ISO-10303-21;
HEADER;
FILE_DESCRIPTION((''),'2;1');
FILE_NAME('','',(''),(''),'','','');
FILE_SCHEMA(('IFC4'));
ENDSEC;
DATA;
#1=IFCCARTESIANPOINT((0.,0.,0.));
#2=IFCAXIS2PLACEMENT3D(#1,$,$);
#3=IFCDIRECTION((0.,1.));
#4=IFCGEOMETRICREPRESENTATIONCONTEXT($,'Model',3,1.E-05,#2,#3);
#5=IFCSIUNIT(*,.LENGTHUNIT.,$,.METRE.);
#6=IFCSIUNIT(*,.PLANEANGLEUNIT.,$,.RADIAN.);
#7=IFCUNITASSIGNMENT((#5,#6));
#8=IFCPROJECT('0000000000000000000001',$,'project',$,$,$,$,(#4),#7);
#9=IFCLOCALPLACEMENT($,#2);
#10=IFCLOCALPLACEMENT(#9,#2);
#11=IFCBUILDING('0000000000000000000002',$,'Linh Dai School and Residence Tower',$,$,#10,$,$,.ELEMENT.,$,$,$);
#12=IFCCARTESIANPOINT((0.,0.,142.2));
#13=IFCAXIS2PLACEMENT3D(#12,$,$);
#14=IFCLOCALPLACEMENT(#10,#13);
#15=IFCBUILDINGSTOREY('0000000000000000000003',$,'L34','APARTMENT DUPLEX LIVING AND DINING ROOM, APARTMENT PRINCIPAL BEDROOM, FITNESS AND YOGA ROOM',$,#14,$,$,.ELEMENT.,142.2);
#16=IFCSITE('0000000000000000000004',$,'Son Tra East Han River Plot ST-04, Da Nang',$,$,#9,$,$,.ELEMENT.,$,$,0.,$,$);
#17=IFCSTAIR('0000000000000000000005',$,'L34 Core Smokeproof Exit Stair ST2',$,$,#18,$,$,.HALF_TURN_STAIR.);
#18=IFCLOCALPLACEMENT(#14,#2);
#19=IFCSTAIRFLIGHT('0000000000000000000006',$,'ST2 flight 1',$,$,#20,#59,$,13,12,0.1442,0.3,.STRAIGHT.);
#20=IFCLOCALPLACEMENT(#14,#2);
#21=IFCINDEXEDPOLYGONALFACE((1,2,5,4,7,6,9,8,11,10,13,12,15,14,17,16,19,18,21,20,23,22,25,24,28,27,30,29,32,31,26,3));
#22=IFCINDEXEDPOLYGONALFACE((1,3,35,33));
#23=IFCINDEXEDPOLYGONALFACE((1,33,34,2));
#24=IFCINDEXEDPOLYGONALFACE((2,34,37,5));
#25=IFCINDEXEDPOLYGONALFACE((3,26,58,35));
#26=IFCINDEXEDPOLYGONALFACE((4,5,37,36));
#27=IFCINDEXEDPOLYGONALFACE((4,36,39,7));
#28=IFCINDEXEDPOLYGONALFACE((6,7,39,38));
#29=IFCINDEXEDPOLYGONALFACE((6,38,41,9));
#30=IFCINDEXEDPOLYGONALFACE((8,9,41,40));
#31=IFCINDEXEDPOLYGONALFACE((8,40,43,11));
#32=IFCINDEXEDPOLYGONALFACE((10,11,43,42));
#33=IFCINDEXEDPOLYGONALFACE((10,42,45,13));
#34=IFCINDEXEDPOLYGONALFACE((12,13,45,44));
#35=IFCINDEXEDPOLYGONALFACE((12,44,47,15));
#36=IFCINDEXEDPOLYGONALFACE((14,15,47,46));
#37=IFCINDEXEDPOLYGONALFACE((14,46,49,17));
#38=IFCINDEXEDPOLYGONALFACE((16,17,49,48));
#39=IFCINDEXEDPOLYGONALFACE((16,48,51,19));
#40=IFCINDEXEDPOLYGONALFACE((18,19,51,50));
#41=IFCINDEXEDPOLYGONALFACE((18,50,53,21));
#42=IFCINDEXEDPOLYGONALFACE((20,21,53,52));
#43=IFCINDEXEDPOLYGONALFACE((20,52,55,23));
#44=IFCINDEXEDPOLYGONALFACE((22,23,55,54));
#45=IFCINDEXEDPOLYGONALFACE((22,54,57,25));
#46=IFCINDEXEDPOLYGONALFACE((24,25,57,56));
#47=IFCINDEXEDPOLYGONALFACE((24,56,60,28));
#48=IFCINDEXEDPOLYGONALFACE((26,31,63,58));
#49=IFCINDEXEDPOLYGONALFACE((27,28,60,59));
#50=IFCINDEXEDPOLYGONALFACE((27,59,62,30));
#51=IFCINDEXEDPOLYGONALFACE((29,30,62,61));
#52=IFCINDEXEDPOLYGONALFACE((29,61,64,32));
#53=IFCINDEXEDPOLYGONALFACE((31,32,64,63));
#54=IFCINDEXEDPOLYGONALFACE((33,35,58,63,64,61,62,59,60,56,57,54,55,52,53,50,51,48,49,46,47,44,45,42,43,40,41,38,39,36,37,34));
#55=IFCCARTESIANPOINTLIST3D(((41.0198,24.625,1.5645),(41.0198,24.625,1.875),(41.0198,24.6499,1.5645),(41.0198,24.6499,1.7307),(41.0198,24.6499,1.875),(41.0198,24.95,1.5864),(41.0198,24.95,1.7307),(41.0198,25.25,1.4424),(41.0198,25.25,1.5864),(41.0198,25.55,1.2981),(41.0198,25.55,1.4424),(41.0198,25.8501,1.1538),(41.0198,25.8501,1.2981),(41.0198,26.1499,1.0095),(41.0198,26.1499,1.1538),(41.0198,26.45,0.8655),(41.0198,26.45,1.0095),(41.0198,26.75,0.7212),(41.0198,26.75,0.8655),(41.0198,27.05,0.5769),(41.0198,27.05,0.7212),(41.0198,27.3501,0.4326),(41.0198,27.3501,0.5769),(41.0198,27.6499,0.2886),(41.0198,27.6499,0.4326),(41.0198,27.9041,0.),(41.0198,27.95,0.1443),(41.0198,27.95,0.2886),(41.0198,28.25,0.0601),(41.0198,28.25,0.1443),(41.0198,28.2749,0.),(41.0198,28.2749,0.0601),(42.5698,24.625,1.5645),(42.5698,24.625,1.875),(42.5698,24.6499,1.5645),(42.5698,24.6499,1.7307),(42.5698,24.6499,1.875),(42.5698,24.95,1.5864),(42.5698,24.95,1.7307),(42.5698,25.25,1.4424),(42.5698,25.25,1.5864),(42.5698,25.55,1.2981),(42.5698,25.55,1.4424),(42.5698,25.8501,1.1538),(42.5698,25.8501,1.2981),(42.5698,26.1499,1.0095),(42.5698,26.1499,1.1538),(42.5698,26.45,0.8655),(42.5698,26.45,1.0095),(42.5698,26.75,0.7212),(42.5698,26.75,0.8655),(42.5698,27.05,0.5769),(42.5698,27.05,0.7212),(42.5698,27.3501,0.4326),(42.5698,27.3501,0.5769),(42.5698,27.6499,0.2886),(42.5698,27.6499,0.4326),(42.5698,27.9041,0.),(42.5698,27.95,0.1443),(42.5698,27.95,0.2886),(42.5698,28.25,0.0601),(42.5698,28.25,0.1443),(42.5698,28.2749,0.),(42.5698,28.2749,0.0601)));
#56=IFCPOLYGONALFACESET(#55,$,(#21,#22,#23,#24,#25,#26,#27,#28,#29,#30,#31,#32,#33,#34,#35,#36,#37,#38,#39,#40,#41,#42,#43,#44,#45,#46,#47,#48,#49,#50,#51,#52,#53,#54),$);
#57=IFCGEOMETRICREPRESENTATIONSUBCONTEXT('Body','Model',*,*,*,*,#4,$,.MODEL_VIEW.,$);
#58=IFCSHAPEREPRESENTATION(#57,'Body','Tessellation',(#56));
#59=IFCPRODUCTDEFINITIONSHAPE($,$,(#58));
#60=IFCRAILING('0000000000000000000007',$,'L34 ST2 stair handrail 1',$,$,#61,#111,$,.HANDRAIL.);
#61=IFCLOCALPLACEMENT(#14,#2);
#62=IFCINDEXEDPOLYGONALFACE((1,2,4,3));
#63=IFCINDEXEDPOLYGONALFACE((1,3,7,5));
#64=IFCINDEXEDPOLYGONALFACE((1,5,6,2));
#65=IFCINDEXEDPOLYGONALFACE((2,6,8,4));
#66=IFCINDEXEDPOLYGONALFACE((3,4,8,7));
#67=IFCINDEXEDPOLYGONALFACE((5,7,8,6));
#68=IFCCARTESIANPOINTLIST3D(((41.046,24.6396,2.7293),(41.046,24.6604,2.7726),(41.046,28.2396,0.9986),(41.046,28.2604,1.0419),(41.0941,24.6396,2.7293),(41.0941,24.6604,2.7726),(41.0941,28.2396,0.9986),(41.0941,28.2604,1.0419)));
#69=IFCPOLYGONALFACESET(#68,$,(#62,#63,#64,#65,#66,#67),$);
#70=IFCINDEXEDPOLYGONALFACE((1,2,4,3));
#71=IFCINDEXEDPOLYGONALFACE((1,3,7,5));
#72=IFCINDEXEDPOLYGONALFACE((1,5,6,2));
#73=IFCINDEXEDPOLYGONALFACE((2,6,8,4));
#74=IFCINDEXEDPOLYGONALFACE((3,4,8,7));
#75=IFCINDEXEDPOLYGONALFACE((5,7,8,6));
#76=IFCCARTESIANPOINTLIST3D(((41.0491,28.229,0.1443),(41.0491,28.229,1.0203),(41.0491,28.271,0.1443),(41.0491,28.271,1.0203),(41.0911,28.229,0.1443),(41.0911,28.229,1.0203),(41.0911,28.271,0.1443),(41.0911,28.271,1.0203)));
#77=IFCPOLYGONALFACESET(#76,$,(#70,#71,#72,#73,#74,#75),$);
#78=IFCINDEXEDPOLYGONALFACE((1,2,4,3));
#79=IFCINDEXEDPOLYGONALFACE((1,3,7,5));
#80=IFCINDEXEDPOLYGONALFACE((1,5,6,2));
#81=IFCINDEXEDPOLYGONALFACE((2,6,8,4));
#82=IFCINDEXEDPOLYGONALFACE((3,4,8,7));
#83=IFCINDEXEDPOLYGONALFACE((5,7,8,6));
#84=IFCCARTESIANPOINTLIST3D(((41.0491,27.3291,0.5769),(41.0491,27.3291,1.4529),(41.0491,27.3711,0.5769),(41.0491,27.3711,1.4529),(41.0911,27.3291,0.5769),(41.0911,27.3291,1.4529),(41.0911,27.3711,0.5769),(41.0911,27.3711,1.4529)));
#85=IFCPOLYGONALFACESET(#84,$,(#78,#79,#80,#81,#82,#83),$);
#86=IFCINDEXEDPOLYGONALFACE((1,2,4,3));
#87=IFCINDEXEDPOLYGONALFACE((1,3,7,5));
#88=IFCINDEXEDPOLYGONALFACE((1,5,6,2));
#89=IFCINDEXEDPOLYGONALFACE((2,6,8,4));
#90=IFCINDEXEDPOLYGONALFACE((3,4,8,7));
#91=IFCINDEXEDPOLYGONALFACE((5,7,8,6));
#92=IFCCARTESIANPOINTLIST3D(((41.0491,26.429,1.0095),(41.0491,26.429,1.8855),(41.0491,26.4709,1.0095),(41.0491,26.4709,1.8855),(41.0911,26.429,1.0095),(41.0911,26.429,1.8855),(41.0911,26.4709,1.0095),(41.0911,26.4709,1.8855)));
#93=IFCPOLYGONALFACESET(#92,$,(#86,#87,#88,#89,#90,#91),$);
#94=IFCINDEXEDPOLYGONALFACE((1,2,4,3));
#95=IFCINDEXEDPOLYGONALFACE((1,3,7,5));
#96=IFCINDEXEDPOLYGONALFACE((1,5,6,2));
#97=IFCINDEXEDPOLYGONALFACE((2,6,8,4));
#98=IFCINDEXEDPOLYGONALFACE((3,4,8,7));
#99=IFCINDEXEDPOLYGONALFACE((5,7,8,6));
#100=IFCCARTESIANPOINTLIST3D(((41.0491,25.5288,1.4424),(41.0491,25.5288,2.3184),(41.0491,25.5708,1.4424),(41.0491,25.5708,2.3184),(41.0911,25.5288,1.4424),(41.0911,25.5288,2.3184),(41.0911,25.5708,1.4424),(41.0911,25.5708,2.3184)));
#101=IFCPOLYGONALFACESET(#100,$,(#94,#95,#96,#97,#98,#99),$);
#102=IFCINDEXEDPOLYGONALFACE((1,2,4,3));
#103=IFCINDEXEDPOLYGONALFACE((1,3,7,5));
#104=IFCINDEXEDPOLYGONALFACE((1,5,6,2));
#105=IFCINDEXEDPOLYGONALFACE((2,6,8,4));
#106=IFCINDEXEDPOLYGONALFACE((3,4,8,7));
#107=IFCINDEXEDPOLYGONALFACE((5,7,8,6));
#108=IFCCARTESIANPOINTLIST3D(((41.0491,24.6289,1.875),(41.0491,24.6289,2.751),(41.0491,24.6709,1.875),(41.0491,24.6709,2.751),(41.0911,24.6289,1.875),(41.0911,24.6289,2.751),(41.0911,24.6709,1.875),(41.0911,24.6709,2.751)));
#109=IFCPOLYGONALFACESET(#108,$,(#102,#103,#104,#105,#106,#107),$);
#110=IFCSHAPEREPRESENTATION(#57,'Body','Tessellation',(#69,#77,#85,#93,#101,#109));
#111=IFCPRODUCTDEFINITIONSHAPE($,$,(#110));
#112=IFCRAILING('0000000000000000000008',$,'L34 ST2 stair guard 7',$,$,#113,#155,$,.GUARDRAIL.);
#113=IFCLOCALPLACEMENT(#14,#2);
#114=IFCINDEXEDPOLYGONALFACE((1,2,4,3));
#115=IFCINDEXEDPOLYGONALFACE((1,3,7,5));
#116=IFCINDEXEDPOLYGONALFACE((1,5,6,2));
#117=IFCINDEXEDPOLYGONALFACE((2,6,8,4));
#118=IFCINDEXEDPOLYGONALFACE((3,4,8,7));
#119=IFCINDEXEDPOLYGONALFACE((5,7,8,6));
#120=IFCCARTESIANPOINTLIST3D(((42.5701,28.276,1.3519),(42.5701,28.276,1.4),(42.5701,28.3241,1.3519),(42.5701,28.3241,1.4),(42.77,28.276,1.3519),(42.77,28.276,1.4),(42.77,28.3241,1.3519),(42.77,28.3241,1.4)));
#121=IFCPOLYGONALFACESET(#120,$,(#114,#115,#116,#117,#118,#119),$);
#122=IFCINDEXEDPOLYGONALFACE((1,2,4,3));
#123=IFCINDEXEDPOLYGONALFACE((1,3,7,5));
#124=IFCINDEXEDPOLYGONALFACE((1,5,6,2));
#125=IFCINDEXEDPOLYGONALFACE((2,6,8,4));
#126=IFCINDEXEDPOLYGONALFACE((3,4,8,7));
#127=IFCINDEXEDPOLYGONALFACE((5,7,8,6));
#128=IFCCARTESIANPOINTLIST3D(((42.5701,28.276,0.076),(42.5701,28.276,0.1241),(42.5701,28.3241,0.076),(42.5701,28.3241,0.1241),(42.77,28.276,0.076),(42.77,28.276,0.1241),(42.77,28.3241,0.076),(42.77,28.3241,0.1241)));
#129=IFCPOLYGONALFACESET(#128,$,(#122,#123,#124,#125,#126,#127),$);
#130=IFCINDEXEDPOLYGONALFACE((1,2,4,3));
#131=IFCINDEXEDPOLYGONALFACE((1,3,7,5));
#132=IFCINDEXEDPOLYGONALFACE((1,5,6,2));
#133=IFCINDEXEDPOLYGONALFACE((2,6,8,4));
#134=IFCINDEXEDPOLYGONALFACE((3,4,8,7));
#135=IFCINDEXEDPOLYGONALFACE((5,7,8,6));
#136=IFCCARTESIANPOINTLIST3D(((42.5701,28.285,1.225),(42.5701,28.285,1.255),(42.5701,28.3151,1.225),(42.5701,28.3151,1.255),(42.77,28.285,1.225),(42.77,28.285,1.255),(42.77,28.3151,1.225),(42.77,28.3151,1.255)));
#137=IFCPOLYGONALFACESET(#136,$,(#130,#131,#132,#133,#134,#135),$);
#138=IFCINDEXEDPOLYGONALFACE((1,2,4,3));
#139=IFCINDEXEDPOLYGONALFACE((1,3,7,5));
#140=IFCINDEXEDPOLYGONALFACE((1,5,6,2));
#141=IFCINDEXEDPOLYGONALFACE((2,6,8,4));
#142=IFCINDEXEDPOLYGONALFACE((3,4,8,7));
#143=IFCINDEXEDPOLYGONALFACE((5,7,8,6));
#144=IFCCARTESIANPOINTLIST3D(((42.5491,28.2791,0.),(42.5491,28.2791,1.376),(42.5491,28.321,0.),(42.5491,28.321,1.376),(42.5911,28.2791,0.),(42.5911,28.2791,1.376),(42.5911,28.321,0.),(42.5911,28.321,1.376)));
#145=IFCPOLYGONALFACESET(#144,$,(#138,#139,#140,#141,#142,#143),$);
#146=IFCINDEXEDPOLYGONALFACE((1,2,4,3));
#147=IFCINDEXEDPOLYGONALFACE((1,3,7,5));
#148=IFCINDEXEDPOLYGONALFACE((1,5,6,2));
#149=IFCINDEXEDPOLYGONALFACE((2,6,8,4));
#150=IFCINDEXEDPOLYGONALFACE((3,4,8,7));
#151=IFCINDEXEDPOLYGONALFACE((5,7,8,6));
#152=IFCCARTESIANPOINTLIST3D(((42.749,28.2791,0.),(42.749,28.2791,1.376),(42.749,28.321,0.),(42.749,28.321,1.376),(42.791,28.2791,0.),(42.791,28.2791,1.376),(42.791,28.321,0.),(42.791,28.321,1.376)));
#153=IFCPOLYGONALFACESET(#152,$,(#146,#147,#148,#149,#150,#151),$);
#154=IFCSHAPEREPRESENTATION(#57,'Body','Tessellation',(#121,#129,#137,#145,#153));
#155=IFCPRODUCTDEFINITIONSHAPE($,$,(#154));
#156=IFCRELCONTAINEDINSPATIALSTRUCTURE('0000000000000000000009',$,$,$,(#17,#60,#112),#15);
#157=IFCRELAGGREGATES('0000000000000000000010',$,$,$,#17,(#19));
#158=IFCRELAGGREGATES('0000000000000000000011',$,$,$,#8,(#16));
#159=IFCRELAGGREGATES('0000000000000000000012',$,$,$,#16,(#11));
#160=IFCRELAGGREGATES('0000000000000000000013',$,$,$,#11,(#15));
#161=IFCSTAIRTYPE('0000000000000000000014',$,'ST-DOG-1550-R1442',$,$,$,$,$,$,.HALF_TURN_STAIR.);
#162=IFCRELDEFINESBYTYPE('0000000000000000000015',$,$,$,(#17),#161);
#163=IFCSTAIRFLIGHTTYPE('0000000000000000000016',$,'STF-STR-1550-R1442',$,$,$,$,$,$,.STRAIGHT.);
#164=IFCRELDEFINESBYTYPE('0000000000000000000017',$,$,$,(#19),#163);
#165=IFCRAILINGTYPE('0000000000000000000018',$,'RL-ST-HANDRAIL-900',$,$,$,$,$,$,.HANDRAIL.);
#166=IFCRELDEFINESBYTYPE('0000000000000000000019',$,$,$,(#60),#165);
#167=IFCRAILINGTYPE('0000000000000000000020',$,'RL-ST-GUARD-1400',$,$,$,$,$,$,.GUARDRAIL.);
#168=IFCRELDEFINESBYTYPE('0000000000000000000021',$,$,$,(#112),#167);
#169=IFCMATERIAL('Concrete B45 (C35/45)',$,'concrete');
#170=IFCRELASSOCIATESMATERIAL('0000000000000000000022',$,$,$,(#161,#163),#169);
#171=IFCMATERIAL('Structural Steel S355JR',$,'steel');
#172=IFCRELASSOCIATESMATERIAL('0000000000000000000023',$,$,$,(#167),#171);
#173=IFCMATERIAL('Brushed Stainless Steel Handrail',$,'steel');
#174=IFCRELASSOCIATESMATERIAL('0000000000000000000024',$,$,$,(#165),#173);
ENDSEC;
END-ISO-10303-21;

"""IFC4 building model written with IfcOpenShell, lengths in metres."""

from ifc_helpers import new_model, si_unit, direction, frame, origin, origin_2d, place, context, subcontext, project, spatial, polyline, rectangle, outline, extrude, source, transform, mapped, material, type_object, element, aggregate, save


model = new_model("IFC4")

# Units and contexts
model_context = context("Model", 3, precision=1e-05, world=origin(), true_north=direction((0.0, 1.0)))
body_context = subcontext(model_context, "Body", "Model", "MODEL_VIEW")
ifc_project = project(units=[si_unit("LENGTHUNIT", "METRE"), si_unit("PLANEANGLEUNIT", "RADIAN")], contexts=[model_context])

# Site, building, storey
site_placement = place(None, origin())
site = spatial("IfcSite", under=ifc_project, at=site_placement, Name="Son Tra East Han River Plot ST-04, Da Nang", CompositionType="ELEMENT", RefElevation=0.0)
building_placement = place(site_placement, origin())
building = spatial("IfcBuilding", under=site, at=building_placement, Name="Linh Dai School and Residence Tower", CompositionType="ELEMENT")
storey_placement = place(building_placement, frame((0.0, 0.0, 142.2)))
storey = spatial("IfcBuildingStorey", under=building, at=storey_placement, Name="L34", Description="APARTMENT DUPLEX LIVING AND DINING ROOM, APARTMENT PRINCIPAL BEDROOM, FITNESS AND YOGA ROOM", CompositionType="ELEMENT", Elevation=142.2)

# Shared definitions
ifc_material_1 = material(Name="Structural Steel S355JR", Category="steel")

# Shared definitions
ifc_material_2 = material(Name="Concrete B45 (C35/45)", Category="concrete")

# Stair, stair flight
stair_type = type_object("IfcStairType", Name="ST-DOG-1550-R1442", PredefinedType="HALF_TURN_STAIR", material=ifc_material_2)
stair_placement = place(storey_placement, origin())
stair = element("IfcStair", 1, at=stair_placement, inside=storey, type_object=stair_type, Name="L34 Core Smokeproof Exit Stair ST2", PredefinedType="HALF_TURN_STAIR")
stair_flight_type = type_object("IfcStairFlightType", Name="STF-STR-1550-R1442", PredefinedType="STRAIGHT", material=ifc_material_2)
shared_shape_1 = source(origin(), body_context, "Body", "SweptSolid", [
    extrude(outline(polyline([(-0.0249, 0.0), (-0.0249, 0.0601), (0.0, 0.0601), (0.0, 0.1443), (0.3, 0.1443), (0.3, 0.2886), (0.6001, 0.2886), (0.6001, 0.4326), (0.8999, 0.4326), (0.8999, 0.5769), (1.2, 0.5769), (1.2, 0.7212), (1.5, 0.7212), (1.5, 0.8655), (1.8, 0.8655), (1.8, 1.0095), (2.1001, 1.0095), (2.1001, 1.1538), (2.3999, 1.1538), (2.3999, 1.2981), (2.7, 1.2981), (2.7, 1.4424), (3.0, 1.4424), (3.0, 1.5864), (3.3, 1.5864), (3.3, 1.7307), (3.6001, 1.7307), (3.6001, 1.875), (3.625, 1.875), (3.625, 1.5645), (3.6001, 1.5645), (0.3459, 0.0), (-0.0249, 0.0)])), frame((0.0, 0.7749, 0.0), z_axis=(0.0, -1.0, 0.0), x_axis=(1.0, 0.0, 0.0)), (0.0, 0.0, 1.0), 1.55),
])
stair_flight_placement = place(storey_placement, frame((41.7949, 28.25, 0.0), z_axis=(0.0, 0.0, 1.0), x_axis=(0.0, -1.0, 0.0)))
stair_flight = element("IfcStairFlight", 2, at=stair_flight_placement, type_object=stair_flight_type, Name="ST2 flight 1", NumberOfRisers=13, NumberOfTreads=12, PredefinedType="STRAIGHT", RiserHeight=0.1442, TreadLength=0.3, context=body_context, shape_type="MappedRepresentation", body=[
    mapped(shared_shape_1, transform((0.0, 0.0, 0.0), x_axis=(1.0, 0.0, 0.0), y_axis=(0.0, 1.0, 0.0), z_axis=(0.0, 0.0, 1.0), scale=1.0)),
])
aggregate(stair, [stair_flight])

# Railings
railing_type_1 = type_object("IfcRailingType", Name="RL-ST-GUARD-1400", PredefinedType="GUARDRAIL", material=ifc_material_1)
ifc_material_3 = material(Name="Brushed Stainless Steel Handrail", Category="steel")
railing_type_2 = type_object("IfcRailingType", Name="RL-ST-HANDRAIL-900", PredefinedType="HANDRAIL", material=ifc_material_3)
shared_shape_2 = source(origin(), body_context, "Body", "SweptSolid", [
    extrude(rectangle(XDim=0.0481, YDim=0.0481, at=origin_2d()), frame((0.0, 0.0, 0.876), z_axis=(0.0, -0.901263, 0.433273), x_axis=(1.0, 0.0, 0.0)), (0.0, 0.0, 1.0), 3.9944),
    extrude(rectangle(XDim=0.042, YDim=0.042, at=origin_2d()), origin(), (0.0, 0.0, 1.0), 0.876),
    extrude(rectangle(XDim=0.042, YDim=0.042, at=origin_2d()), frame((0.0, -0.8999, 0.4326)), (0.0, 0.0, 1.0), 0.876),
    extrude(rectangle(XDim=0.042, YDim=0.042, at=origin_2d()), frame((0.0, -1.8, 0.8652)), (0.0, 0.0, 1.0), 0.876),
    extrude(rectangle(XDim=0.042, YDim=0.042, at=origin_2d()), frame((0.0, -2.7002, 1.2981)), (0.0, 0.0, 1.0), 0.876),
    extrude(rectangle(XDim=0.042, YDim=0.042, at=origin_2d()), frame((0.0, -3.6001, 1.7307)), (0.0, 0.0, 1.0), 0.876),
])
railing_1_placement = place(storey_placement, frame((41.0701, 28.25, 0.1443)))
element("IfcRailing", 3, at=railing_1_placement, inside=storey, type_object=railing_type_2, Name="L34 ST2 stair handrail 1", PredefinedType="HANDRAIL", context=body_context, shape_type="MappedRepresentation", body=[
    mapped(shared_shape_2, transform((0.0, 0.0, 0.0), x_axis=(1.0, 0.0, 0.0), y_axis=(0.0, 1.0, 0.0), z_axis=(0.0, 0.0, 1.0), scale=1.0)),
])
shared_shape_3 = source(origin(), body_context, "Body", "SweptSolid", [
    extrude(rectangle(XDim=0.0481, YDim=0.0481, at=origin_2d()), frame((0.0, 0.0, 1.376), z_axis=(1.0, 0.0, 0.0), x_axis=(0.0, 1.0, 0.0)), (0.0, 0.0, 1.0), 0.2),
    extrude(rectangle(XDim=0.0481, YDim=0.0481, at=origin_2d()), frame((0.0, 0.0, 0.1001), z_axis=(1.0, 0.0, 0.0), x_axis=(0.0, 1.0, 0.0)), (0.0, 0.0, 1.0), 0.2),
    extrude(rectangle(XDim=0.03, YDim=0.03, at=origin_2d()), frame((0.0, 0.0, 1.24), z_axis=(1.0, 0.0, 0.0), x_axis=(0.0, 1.0, 0.0)), (0.0, 0.0, 1.0), 0.2),
    extrude(rectangle(XDim=0.042, YDim=0.042, at=origin_2d()), origin(), (0.0, 0.0, 1.0), 1.376),
    extrude(rectangle(XDim=0.042, YDim=0.042, at=origin_2d()), frame((0.2, 0.0, 0.0)), (0.0, 0.0, 1.0), 1.376),
])
railing_2_placement = place(storey_placement, frame((42.5701, 28.3, 0.0)))
element("IfcRailing", 4, at=railing_2_placement, inside=storey, type_object=railing_type_1, Name="L34 ST2 stair guard 7", PredefinedType="GUARDRAIL", context=body_context, shape_type="MappedRepresentation", body=[
    mapped(shared_shape_3, transform((0.0, 0.0, 0.0), x_axis=(1.0, 0.0, 0.0), y_axis=(0.0, 1.0, 0.0), z_axis=(0.0, 0.0, 1.0), scale=1.0)),
])

save(model, "model.ifc")
